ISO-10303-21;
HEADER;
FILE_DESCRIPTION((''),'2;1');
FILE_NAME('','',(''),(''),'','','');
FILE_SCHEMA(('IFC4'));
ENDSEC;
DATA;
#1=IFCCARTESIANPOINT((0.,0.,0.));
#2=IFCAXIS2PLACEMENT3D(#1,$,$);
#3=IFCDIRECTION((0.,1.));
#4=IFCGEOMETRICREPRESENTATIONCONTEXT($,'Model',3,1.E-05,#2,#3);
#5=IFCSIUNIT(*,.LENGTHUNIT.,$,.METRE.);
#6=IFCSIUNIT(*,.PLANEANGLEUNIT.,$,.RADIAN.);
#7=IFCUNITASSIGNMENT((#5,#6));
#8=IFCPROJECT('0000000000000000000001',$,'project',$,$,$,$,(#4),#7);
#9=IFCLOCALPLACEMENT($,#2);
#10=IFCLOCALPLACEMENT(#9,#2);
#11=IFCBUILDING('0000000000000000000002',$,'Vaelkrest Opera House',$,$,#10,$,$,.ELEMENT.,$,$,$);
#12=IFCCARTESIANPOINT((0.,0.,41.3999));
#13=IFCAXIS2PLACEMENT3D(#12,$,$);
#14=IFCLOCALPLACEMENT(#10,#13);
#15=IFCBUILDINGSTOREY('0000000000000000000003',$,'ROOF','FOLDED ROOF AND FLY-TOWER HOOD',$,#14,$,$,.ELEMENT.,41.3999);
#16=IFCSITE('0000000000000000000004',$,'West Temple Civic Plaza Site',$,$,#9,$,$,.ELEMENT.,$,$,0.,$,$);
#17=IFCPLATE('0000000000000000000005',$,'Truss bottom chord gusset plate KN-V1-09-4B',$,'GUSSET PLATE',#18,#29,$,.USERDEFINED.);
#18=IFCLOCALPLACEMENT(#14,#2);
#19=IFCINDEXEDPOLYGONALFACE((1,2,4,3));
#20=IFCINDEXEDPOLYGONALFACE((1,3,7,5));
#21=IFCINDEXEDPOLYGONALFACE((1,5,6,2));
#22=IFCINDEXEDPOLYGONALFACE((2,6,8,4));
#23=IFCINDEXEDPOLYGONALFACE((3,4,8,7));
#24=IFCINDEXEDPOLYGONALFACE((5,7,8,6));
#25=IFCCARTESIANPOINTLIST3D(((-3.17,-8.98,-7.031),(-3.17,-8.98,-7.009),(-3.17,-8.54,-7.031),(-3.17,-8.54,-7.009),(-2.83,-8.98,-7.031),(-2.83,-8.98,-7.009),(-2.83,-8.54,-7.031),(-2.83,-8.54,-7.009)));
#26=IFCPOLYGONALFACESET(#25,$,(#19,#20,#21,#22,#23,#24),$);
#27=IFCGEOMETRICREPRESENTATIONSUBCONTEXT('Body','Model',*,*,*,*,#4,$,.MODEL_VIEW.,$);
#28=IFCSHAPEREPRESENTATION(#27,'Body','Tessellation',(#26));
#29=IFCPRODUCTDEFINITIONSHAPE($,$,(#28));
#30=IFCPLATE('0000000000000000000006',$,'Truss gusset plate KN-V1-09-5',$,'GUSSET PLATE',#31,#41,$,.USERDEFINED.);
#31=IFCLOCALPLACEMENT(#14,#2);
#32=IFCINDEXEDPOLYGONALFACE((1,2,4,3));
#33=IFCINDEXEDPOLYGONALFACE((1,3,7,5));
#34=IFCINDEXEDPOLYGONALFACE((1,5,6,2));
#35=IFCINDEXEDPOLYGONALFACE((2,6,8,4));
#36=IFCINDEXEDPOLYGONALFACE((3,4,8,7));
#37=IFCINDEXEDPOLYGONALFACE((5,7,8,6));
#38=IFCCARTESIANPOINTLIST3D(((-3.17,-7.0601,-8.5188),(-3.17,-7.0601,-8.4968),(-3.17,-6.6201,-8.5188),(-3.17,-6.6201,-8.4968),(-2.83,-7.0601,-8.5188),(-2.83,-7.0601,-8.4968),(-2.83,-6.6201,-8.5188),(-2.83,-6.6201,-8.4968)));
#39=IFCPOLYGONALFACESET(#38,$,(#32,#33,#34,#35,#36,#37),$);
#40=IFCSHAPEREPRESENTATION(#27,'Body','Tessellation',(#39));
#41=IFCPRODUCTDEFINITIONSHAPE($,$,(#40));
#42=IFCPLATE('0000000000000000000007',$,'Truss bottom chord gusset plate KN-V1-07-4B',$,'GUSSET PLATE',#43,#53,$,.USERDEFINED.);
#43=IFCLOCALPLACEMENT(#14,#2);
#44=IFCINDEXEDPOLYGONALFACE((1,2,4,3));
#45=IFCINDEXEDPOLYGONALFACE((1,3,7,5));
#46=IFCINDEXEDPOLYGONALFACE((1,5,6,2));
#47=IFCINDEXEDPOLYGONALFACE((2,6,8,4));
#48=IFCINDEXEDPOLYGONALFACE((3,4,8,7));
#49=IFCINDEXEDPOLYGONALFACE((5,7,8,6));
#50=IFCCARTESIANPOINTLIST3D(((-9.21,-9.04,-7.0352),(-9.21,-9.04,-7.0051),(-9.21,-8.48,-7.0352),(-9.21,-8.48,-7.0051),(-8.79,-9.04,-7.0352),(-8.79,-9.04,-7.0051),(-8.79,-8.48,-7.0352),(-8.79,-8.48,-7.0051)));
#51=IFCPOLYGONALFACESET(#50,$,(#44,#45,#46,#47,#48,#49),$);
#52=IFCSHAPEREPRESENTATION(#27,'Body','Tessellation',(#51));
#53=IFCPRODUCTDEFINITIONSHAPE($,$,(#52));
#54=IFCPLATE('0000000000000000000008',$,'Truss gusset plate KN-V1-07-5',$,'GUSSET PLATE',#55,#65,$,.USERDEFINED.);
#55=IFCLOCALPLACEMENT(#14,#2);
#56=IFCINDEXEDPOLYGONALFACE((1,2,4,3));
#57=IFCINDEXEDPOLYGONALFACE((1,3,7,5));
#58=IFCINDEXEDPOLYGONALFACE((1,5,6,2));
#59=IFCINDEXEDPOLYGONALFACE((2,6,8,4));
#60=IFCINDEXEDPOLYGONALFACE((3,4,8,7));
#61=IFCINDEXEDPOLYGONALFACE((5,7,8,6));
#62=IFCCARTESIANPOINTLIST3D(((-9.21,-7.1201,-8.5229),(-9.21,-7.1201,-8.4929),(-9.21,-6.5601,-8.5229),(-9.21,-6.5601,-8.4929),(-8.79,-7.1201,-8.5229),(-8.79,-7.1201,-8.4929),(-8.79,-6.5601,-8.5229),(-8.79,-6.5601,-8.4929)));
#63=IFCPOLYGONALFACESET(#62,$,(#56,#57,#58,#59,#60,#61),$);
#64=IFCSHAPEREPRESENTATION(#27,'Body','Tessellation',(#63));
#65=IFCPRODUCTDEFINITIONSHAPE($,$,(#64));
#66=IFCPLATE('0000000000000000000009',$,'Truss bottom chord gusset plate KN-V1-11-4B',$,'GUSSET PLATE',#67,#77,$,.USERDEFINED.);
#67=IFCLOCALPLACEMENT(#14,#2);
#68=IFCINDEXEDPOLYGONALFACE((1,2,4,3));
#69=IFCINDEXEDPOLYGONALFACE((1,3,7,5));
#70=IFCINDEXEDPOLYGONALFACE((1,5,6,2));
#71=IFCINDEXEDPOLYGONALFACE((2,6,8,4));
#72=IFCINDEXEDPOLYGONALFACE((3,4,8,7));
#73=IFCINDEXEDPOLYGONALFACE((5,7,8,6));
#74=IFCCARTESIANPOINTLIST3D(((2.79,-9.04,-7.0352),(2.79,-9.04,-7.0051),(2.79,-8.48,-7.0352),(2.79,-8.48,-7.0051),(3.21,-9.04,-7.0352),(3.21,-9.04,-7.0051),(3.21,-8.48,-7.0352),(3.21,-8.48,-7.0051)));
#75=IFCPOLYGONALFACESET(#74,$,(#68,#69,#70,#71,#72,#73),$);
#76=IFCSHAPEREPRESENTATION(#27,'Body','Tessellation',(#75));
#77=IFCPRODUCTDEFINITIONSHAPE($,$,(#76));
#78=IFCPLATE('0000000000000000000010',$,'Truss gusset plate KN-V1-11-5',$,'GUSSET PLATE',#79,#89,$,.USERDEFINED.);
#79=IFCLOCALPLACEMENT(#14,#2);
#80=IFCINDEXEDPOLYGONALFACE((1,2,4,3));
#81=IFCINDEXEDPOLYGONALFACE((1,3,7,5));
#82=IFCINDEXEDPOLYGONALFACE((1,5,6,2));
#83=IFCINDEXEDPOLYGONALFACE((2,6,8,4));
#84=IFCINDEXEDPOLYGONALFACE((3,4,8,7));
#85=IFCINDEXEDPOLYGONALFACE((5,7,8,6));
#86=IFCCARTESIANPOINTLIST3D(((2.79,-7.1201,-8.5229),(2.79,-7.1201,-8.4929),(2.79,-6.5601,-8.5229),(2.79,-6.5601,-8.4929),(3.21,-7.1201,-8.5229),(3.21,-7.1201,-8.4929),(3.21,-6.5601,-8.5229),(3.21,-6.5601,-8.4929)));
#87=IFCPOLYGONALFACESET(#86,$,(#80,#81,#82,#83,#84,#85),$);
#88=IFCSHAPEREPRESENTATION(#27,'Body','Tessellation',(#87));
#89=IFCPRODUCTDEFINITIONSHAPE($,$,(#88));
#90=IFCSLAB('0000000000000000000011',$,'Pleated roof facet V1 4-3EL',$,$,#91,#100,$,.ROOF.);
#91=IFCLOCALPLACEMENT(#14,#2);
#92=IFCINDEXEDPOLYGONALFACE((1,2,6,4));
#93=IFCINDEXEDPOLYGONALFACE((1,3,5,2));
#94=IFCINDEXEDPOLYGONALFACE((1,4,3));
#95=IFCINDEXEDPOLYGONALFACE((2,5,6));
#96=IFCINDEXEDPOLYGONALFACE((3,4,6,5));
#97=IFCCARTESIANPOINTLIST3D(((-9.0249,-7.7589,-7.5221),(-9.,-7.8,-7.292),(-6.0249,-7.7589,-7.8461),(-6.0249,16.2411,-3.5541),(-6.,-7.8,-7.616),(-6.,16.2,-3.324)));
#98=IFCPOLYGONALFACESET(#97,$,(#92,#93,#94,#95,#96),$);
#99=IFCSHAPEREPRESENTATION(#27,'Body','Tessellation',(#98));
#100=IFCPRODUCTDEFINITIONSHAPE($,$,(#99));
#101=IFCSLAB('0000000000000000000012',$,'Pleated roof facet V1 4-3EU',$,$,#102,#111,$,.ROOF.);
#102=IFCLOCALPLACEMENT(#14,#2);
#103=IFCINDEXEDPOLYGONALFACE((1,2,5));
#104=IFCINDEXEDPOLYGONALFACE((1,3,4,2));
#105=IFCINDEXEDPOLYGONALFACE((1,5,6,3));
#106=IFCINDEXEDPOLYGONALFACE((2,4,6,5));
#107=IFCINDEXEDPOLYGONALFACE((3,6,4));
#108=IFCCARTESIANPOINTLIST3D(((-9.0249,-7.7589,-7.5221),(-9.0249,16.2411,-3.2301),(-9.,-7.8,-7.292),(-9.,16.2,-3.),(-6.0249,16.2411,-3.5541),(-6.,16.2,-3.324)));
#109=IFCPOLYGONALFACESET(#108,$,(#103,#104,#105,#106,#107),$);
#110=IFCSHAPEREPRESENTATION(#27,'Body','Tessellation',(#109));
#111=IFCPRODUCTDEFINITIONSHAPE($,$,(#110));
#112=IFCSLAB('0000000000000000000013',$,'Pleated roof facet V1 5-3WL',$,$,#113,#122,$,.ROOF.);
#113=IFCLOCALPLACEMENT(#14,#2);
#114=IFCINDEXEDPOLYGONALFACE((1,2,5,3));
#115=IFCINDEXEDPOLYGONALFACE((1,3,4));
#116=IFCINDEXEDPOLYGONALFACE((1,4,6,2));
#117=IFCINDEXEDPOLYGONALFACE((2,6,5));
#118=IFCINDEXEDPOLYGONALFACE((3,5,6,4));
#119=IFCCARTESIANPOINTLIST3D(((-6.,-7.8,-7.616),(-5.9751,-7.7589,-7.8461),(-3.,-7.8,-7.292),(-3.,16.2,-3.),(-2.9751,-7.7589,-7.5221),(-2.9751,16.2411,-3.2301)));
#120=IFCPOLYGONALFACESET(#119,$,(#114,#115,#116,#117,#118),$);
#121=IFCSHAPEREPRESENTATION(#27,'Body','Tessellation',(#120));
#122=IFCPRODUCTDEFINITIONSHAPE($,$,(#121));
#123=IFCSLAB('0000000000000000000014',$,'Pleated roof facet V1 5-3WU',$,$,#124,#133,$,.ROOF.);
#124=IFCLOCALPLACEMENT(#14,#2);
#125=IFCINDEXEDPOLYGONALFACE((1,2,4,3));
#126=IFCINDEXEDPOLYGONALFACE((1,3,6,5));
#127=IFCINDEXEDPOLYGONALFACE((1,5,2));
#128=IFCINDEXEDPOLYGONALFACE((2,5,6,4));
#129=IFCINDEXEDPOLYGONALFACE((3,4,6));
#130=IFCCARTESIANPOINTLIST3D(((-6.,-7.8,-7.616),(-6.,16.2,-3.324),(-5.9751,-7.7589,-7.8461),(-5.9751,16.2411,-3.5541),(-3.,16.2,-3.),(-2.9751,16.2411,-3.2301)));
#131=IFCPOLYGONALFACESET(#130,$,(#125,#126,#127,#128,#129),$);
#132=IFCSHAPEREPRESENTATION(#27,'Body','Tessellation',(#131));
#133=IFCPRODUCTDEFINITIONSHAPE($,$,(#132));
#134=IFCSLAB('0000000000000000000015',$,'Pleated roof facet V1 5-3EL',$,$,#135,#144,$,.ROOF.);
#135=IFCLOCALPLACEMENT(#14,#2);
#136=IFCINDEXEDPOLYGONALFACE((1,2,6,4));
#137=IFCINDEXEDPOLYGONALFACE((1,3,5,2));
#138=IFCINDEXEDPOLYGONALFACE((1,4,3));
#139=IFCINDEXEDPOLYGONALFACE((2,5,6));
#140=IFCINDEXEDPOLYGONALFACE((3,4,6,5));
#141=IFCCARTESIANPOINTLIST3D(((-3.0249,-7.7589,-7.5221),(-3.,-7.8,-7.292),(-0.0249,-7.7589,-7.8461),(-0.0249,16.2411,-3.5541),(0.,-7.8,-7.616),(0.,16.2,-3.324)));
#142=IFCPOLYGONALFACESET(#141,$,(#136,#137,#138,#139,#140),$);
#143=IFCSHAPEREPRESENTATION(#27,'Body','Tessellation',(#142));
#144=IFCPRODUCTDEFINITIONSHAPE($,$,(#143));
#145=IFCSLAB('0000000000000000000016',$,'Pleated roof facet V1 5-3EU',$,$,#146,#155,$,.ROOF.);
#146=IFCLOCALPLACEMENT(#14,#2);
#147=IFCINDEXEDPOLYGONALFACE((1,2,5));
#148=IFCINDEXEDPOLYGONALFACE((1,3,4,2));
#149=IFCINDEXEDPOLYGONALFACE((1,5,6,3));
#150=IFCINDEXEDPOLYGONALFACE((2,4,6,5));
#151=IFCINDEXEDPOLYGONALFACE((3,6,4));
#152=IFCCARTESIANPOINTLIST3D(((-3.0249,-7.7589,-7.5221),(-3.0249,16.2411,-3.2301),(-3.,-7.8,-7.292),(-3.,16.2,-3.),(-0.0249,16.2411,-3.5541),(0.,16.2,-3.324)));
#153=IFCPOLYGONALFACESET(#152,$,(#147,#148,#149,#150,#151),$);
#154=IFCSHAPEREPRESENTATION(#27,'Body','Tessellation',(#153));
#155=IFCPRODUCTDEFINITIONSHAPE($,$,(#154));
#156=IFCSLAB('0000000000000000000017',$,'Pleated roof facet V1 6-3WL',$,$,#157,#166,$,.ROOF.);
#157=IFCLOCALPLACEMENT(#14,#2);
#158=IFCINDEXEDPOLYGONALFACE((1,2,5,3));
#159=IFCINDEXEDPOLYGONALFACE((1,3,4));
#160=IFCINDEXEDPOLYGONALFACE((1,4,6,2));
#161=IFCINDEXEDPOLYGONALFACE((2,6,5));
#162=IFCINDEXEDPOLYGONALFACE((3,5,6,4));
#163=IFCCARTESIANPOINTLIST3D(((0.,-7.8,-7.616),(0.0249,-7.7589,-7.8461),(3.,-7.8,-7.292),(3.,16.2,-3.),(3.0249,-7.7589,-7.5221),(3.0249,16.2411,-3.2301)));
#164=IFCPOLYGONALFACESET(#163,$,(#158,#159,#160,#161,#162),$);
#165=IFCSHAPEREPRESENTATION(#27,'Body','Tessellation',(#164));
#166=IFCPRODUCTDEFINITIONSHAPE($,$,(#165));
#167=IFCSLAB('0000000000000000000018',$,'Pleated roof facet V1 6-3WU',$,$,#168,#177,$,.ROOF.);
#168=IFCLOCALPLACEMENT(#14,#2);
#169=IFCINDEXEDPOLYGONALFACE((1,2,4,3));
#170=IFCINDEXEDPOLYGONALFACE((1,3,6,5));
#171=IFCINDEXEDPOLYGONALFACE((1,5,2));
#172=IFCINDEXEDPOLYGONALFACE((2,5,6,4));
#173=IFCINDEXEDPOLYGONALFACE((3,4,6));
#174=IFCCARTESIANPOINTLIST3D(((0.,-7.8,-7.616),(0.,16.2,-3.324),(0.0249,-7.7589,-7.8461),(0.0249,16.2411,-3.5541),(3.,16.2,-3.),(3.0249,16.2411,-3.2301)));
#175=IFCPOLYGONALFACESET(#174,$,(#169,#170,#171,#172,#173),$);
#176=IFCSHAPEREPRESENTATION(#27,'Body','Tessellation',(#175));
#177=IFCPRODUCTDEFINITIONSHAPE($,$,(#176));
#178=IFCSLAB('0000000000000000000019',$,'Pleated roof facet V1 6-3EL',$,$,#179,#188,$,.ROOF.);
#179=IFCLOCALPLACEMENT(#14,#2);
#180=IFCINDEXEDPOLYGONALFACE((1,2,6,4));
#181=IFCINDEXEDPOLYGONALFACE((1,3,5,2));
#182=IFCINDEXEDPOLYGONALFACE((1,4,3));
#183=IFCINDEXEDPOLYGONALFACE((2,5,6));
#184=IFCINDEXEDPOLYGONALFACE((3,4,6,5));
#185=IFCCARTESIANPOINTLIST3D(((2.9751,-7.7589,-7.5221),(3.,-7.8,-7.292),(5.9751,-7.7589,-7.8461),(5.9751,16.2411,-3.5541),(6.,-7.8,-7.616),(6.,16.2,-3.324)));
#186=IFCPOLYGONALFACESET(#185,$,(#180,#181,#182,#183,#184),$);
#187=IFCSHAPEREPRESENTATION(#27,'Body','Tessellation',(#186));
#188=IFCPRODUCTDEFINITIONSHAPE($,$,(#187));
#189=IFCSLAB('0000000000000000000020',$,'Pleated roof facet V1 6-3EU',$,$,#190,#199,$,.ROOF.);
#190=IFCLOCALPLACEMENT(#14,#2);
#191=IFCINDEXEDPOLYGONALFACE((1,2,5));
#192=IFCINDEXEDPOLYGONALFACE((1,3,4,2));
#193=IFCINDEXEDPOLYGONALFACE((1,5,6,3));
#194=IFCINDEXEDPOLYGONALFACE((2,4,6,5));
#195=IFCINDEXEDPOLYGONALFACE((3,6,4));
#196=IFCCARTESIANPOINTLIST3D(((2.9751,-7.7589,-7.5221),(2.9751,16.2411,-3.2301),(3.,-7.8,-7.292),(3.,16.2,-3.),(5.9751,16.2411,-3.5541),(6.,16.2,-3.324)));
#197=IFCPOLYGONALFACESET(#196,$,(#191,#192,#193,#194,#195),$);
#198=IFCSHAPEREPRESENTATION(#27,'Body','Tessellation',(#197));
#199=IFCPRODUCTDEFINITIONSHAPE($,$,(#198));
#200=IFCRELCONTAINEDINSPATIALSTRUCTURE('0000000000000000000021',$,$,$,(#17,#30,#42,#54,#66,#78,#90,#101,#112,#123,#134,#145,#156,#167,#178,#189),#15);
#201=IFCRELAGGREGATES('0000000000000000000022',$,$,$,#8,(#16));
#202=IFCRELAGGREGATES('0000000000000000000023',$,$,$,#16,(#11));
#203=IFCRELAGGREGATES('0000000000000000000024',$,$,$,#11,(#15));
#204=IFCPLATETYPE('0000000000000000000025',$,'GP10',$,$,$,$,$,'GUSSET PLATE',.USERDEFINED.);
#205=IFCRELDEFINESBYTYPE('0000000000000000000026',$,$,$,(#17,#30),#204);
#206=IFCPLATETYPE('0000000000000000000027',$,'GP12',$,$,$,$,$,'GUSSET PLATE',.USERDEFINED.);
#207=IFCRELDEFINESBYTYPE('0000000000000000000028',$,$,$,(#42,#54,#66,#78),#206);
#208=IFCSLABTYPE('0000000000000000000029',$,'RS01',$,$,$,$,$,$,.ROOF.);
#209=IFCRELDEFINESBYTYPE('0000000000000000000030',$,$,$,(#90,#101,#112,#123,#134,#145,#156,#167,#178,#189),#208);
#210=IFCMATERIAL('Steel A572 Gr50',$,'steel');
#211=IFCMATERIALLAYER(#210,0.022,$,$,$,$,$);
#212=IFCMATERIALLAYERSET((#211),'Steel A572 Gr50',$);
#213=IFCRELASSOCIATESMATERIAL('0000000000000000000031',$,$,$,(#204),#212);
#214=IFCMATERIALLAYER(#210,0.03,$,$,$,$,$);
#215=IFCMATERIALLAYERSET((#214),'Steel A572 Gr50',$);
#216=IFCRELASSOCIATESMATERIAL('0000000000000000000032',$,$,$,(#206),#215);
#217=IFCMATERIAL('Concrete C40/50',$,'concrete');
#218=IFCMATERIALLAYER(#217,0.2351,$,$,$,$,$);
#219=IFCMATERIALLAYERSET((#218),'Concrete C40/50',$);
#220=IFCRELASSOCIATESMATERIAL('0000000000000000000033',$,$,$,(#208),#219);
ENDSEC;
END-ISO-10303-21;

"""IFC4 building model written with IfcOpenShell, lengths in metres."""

from ifc_helpers import new_model, si_unit, direction, frame, origin, origin_2d, place, context, subcontext, project, spatial, polyline, rectangle, outline, extrude, material, layer, layer_set, type_object, element, save


model = new_model("IFC4")

# Units and contexts
model_context = context("Model", 3, precision=1e-05, world=origin(), true_north=direction((0.0, 1.0)))
body_context = subcontext(model_context, "Body", "Model", "MODEL_VIEW")
ifc_project = project(units=[si_unit("LENGTHUNIT", "METRE"), si_unit("PLANEANGLEUNIT", "RADIAN")], contexts=[model_context])

# Site, building, storey
site_placement = place(None, origin())
site = spatial("IfcSite", under=ifc_project, at=site_placement, Name="West Temple Civic Plaza Site", CompositionType="ELEMENT", RefElevation=0.0)
building_placement = place(site_placement, origin())
building = spatial("IfcBuilding", under=site, at=building_placement, Name="Vaelkrest Opera House", CompositionType="ELEMENT")
storey_placement = place(building_placement, frame((0.0, 0.0, 41.3999)))
storey = spatial("IfcBuildingStorey", under=building, at=storey_placement, Name="ROOF", Description="FOLDED ROOF AND FLY-TOWER HOOD", CompositionType="ELEMENT", Elevation=41.3999)

# Plates
ifc_material_1 = material(Name="Steel A572 Gr50", Category="steel")
ifc_layer_1 = layer(ifc_material_1, 0.022)
ifc_layer_set_1 = layer_set([ifc_layer_1], Name="Steel A572 Gr50")
plate_type_1 = type_object("IfcPlateType", Name="GP10", ElementType="GUSSET PLATE", PredefinedType="USERDEFINED", material=ifc_layer_set_1)
for number, where, z_axis, x_axis, name in (
    (1, (-3.0, -8.76, -7.031), (0.0, 0.0, 1.0), (0.0, 1.0, 0.0), "Truss bottom chord gusset plate KN-V1-09-4B"),
    (2, (-3.0, -6.8401, -8.5188), (0.0, 0.0, 1.0), (0.0, 1.0, 0.0), "Truss gusset plate KN-V1-09-5"),
):
    element("IfcPlate", number, at=place(storey_placement, frame(where, z_axis=z_axis, x_axis=x_axis)), inside=storey, type_object=plate_type_1, Name=name, ObjectType="GUSSET PLATE", PredefinedType="USERDEFINED", context=body_context, shape_type="SweptSolid", body=[
        extrude(rectangle(XDim=0.4399, YDim=0.3401, at=origin_2d()), origin(), (0.0, 0.0, 1.0), 0.022),
    ])
ifc_layer_2 = layer(ifc_material_1, 0.03)
ifc_layer_set_2 = layer_set([ifc_layer_2], Name="Steel A572 Gr50")
plate_type_2 = type_object("IfcPlateType", Name="GP12", ElementType="GUSSET PLATE", PredefinedType="USERDEFINED", material=ifc_layer_set_2)
for number, where, z_axis, x_axis, name in (
    (3, (-9.0, -8.76, -7.0352), (0.0, 0.0, 1.0), (0.0, 1.0, 0.0), "Truss bottom chord gusset plate KN-V1-07-4B"),
    (4, (-9.0, -6.8401, -8.5229), (0.0, 0.0, 1.0), (0.0, 1.0, 0.0), "Truss gusset plate KN-V1-07-5"),
    (5, (3.0, -8.76, -7.0352), (0.0, 0.0, 1.0), (0.0, 1.0, 0.0), "Truss bottom chord gusset plate KN-V1-11-4B"),
    (6, (3.0, -6.8401, -8.5229), (0.0, 0.0, 1.0), (0.0, 1.0, 0.0), "Truss gusset plate KN-V1-11-5"),
):
    element("IfcPlate", number, at=place(storey_placement, frame(where, z_axis=z_axis, x_axis=x_axis)), inside=storey, type_object=plate_type_2, Name=name, ObjectType="GUSSET PLATE", PredefinedType="USERDEFINED", context=body_context, shape_type="SweptSolid", body=[
        extrude(rectangle(XDim=0.5601, YDim=0.4199, at=origin_2d()), origin(), (0.0, 0.0, 1.0), 0.03),
    ])

# Slabs
ifc_material_2 = material(Name="Concrete C40/50", Category="concrete")
ifc_layer_3 = layer(ifc_material_2, 0.2351)
ifc_layer_set_3 = layer_set([ifc_layer_3], Name="Concrete C40/50")
slab_type_1 = type_object("IfcSlabType", Name="RS01", PredefinedType="ROOF", material=ifc_layer_set_3)
slab_1_placement = place(storey_placement, frame((-9.0, -7.8, -7.292), z_axis=(0.105709, -0.175054, 0.978868), x_axis=(0.994219, 0.0, -0.107367)))
element("IfcSlab", 7, at=slab_1_placement, inside=storey, type_object=slab_type_1, Name="Pleated roof facet V1 4-3EL", PredefinedType="ROOF", context=body_context, shape_type="SweptSolid", body=[
    extrude(outline(polyline([(0.0, 0.0), (3.0174, 0.0), (2.5566, 24.3764), (0.0, 0.0)])), origin(), (0.0, 0.0, -1.0), 0.2351),
])
slab_2_placement = place(storey_placement, frame((-9.0, -7.8, -7.292), z_axis=(0.105709, -0.175054, 0.978868), x_axis=(0.122399, 0.979188, 0.161893)))
element("IfcSlab", 8, at=slab_2_placement, inside=storey, type_object=slab_type_1, Name="Pleated roof facet V1 4-3EU", PredefinedType="ROOF", context=body_context, shape_type="SweptSolid", body=[
    extrude(outline(polyline([(0.0, 0.0), (24.5101, 0.0), (24.1954, 3.001), (0.0, 0.0)])), origin(), (0.0, 0.0, -1.0), 0.2351),
])
slab_3_placement = place(storey_placement, frame((-6.0, -7.8, -7.616), z_axis=(-0.105709, -0.175054, 0.978868), x_axis=(0.994219, 0.0, 0.107367)))
element("IfcSlab", 9, at=slab_3_placement, inside=storey, type_object=slab_type_1, Name="Pleated roof facet V1 5-3WL", PredefinedType="ROOF", context=body_context, shape_type="SweptSolid", body=[
    extrude(outline(polyline([(0.0, 0.0), (3.0174, 0.0), (3.4783, 24.3764), (0.0, 0.0)])), origin(), (0.0, 0.0, -1.0), 0.2351),
])
slab_4_placement = place(storey_placement, frame((-6.0, -7.8, -7.616), z_axis=(-0.105709, -0.175054, 0.978868), x_axis=(0.121836, 0.974686, 0.187463)))
element("IfcSlab", 10, at=slab_4_placement, inside=storey, type_object=slab_type_1, Name="Pleated roof facet V1 5-3WU", PredefinedType="ROOF", context=body_context, shape_type="SweptSolid", body=[
    extrude(outline(polyline([(0.0, 0.0), (24.6233, 0.0), (24.1971, 2.9872), (0.0, 0.0)])), origin(), (0.0, 0.0, -1.0), 0.2351),
])
slab_5_placement = place(storey_placement, frame((-3.0, -7.8, -7.292), z_axis=(0.105709, -0.175054, 0.978868), x_axis=(0.994219, 0.0, -0.107367)))
element("IfcSlab", 11, at=slab_5_placement, inside=storey, type_object=slab_type_1, Name="Pleated roof facet V1 5-3EL", PredefinedType="ROOF", context=body_context, shape_type="SweptSolid", body=[
    extrude(outline(polyline([(0.0, 0.0), (3.0174, 0.0), (2.5566, 24.3764), (0.0, 0.0)])), origin(), (0.0, 0.0, -1.0), 0.2351),
])
slab_6_placement = place(storey_placement, frame((-3.0, -7.8, -7.292), z_axis=(0.105709, -0.175054, 0.978868), x_axis=(0.122399, 0.979188, 0.161893)))
element("IfcSlab", 12, at=slab_6_placement, inside=storey, type_object=slab_type_1, Name="Pleated roof facet V1 5-3EU", PredefinedType="ROOF", context=body_context, shape_type="SweptSolid", body=[
    extrude(outline(polyline([(0.0, 0.0), (24.5101, 0.0), (24.1954, 3.001), (0.0, 0.0)])), origin(), (0.0, 0.0, -1.0), 0.2351),
])
slab_7_placement = place(storey_placement, frame((0.0, -7.8, -7.616), z_axis=(-0.105709, -0.175054, 0.978868), x_axis=(0.994219, 0.0, 0.107367)))
element("IfcSlab", 13, at=slab_7_placement, inside=storey, type_object=slab_type_1, Name="Pleated roof facet V1 6-3WL", PredefinedType="ROOF", context=body_context, shape_type="SweptSolid", body=[
    extrude(outline(polyline([(0.0, 0.0), (3.0174, 0.0), (3.4783, 24.3764), (0.0, 0.0)])), origin(), (0.0, 0.0, -1.0), 0.2351),
])
slab_8_placement = place(storey_placement, frame((0.0, -7.8, -7.616), z_axis=(-0.105709, -0.175054, 0.978868), x_axis=(0.121836, 0.974686, 0.187463)))
element("IfcSlab", 14, at=slab_8_placement, inside=storey, type_object=slab_type_1, Name="Pleated roof facet V1 6-3WU", PredefinedType="ROOF", context=body_context, shape_type="SweptSolid", body=[
    extrude(outline(polyline([(0.0, 0.0), (24.6233, 0.0), (24.1971, 2.9872), (0.0, 0.0)])), origin(), (0.0, 0.0, -1.0), 0.2351),
])
slab_9_placement = place(storey_placement, frame((3.0, -7.8, -7.292), z_axis=(0.105709, -0.175054, 0.978868), x_axis=(0.994219, 0.0, -0.107367)))
element("IfcSlab", 15, at=slab_9_placement, inside=storey, type_object=slab_type_1, Name="Pleated roof facet V1 6-3EL", PredefinedType="ROOF", context=body_context, shape_type="SweptSolid", body=[
    extrude(outline(polyline([(0.0, 0.0), (3.0174, 0.0), (2.5566, 24.3764), (0.0, 0.0)])), origin(), (0.0, 0.0, -1.0), 0.2351),
])
slab_10_placement = place(storey_placement, frame((3.0, -7.8, -7.292), z_axis=(0.105709, -0.175054, 0.978868), x_axis=(0.122399, 0.979188, 0.161893)))
element("IfcSlab", 16, at=slab_10_placement, inside=storey, type_object=slab_type_1, Name="Pleated roof facet V1 6-3EU", PredefinedType="ROOF", context=body_context, shape_type="SweptSolid", body=[
    extrude(outline(polyline([(0.0, 0.0), (24.5101, 0.0), (24.1954, 3.001), (0.0, 0.0)])), origin(), (0.0, 0.0, -1.0), 0.2351),
])

save(model, "model.ifc")
